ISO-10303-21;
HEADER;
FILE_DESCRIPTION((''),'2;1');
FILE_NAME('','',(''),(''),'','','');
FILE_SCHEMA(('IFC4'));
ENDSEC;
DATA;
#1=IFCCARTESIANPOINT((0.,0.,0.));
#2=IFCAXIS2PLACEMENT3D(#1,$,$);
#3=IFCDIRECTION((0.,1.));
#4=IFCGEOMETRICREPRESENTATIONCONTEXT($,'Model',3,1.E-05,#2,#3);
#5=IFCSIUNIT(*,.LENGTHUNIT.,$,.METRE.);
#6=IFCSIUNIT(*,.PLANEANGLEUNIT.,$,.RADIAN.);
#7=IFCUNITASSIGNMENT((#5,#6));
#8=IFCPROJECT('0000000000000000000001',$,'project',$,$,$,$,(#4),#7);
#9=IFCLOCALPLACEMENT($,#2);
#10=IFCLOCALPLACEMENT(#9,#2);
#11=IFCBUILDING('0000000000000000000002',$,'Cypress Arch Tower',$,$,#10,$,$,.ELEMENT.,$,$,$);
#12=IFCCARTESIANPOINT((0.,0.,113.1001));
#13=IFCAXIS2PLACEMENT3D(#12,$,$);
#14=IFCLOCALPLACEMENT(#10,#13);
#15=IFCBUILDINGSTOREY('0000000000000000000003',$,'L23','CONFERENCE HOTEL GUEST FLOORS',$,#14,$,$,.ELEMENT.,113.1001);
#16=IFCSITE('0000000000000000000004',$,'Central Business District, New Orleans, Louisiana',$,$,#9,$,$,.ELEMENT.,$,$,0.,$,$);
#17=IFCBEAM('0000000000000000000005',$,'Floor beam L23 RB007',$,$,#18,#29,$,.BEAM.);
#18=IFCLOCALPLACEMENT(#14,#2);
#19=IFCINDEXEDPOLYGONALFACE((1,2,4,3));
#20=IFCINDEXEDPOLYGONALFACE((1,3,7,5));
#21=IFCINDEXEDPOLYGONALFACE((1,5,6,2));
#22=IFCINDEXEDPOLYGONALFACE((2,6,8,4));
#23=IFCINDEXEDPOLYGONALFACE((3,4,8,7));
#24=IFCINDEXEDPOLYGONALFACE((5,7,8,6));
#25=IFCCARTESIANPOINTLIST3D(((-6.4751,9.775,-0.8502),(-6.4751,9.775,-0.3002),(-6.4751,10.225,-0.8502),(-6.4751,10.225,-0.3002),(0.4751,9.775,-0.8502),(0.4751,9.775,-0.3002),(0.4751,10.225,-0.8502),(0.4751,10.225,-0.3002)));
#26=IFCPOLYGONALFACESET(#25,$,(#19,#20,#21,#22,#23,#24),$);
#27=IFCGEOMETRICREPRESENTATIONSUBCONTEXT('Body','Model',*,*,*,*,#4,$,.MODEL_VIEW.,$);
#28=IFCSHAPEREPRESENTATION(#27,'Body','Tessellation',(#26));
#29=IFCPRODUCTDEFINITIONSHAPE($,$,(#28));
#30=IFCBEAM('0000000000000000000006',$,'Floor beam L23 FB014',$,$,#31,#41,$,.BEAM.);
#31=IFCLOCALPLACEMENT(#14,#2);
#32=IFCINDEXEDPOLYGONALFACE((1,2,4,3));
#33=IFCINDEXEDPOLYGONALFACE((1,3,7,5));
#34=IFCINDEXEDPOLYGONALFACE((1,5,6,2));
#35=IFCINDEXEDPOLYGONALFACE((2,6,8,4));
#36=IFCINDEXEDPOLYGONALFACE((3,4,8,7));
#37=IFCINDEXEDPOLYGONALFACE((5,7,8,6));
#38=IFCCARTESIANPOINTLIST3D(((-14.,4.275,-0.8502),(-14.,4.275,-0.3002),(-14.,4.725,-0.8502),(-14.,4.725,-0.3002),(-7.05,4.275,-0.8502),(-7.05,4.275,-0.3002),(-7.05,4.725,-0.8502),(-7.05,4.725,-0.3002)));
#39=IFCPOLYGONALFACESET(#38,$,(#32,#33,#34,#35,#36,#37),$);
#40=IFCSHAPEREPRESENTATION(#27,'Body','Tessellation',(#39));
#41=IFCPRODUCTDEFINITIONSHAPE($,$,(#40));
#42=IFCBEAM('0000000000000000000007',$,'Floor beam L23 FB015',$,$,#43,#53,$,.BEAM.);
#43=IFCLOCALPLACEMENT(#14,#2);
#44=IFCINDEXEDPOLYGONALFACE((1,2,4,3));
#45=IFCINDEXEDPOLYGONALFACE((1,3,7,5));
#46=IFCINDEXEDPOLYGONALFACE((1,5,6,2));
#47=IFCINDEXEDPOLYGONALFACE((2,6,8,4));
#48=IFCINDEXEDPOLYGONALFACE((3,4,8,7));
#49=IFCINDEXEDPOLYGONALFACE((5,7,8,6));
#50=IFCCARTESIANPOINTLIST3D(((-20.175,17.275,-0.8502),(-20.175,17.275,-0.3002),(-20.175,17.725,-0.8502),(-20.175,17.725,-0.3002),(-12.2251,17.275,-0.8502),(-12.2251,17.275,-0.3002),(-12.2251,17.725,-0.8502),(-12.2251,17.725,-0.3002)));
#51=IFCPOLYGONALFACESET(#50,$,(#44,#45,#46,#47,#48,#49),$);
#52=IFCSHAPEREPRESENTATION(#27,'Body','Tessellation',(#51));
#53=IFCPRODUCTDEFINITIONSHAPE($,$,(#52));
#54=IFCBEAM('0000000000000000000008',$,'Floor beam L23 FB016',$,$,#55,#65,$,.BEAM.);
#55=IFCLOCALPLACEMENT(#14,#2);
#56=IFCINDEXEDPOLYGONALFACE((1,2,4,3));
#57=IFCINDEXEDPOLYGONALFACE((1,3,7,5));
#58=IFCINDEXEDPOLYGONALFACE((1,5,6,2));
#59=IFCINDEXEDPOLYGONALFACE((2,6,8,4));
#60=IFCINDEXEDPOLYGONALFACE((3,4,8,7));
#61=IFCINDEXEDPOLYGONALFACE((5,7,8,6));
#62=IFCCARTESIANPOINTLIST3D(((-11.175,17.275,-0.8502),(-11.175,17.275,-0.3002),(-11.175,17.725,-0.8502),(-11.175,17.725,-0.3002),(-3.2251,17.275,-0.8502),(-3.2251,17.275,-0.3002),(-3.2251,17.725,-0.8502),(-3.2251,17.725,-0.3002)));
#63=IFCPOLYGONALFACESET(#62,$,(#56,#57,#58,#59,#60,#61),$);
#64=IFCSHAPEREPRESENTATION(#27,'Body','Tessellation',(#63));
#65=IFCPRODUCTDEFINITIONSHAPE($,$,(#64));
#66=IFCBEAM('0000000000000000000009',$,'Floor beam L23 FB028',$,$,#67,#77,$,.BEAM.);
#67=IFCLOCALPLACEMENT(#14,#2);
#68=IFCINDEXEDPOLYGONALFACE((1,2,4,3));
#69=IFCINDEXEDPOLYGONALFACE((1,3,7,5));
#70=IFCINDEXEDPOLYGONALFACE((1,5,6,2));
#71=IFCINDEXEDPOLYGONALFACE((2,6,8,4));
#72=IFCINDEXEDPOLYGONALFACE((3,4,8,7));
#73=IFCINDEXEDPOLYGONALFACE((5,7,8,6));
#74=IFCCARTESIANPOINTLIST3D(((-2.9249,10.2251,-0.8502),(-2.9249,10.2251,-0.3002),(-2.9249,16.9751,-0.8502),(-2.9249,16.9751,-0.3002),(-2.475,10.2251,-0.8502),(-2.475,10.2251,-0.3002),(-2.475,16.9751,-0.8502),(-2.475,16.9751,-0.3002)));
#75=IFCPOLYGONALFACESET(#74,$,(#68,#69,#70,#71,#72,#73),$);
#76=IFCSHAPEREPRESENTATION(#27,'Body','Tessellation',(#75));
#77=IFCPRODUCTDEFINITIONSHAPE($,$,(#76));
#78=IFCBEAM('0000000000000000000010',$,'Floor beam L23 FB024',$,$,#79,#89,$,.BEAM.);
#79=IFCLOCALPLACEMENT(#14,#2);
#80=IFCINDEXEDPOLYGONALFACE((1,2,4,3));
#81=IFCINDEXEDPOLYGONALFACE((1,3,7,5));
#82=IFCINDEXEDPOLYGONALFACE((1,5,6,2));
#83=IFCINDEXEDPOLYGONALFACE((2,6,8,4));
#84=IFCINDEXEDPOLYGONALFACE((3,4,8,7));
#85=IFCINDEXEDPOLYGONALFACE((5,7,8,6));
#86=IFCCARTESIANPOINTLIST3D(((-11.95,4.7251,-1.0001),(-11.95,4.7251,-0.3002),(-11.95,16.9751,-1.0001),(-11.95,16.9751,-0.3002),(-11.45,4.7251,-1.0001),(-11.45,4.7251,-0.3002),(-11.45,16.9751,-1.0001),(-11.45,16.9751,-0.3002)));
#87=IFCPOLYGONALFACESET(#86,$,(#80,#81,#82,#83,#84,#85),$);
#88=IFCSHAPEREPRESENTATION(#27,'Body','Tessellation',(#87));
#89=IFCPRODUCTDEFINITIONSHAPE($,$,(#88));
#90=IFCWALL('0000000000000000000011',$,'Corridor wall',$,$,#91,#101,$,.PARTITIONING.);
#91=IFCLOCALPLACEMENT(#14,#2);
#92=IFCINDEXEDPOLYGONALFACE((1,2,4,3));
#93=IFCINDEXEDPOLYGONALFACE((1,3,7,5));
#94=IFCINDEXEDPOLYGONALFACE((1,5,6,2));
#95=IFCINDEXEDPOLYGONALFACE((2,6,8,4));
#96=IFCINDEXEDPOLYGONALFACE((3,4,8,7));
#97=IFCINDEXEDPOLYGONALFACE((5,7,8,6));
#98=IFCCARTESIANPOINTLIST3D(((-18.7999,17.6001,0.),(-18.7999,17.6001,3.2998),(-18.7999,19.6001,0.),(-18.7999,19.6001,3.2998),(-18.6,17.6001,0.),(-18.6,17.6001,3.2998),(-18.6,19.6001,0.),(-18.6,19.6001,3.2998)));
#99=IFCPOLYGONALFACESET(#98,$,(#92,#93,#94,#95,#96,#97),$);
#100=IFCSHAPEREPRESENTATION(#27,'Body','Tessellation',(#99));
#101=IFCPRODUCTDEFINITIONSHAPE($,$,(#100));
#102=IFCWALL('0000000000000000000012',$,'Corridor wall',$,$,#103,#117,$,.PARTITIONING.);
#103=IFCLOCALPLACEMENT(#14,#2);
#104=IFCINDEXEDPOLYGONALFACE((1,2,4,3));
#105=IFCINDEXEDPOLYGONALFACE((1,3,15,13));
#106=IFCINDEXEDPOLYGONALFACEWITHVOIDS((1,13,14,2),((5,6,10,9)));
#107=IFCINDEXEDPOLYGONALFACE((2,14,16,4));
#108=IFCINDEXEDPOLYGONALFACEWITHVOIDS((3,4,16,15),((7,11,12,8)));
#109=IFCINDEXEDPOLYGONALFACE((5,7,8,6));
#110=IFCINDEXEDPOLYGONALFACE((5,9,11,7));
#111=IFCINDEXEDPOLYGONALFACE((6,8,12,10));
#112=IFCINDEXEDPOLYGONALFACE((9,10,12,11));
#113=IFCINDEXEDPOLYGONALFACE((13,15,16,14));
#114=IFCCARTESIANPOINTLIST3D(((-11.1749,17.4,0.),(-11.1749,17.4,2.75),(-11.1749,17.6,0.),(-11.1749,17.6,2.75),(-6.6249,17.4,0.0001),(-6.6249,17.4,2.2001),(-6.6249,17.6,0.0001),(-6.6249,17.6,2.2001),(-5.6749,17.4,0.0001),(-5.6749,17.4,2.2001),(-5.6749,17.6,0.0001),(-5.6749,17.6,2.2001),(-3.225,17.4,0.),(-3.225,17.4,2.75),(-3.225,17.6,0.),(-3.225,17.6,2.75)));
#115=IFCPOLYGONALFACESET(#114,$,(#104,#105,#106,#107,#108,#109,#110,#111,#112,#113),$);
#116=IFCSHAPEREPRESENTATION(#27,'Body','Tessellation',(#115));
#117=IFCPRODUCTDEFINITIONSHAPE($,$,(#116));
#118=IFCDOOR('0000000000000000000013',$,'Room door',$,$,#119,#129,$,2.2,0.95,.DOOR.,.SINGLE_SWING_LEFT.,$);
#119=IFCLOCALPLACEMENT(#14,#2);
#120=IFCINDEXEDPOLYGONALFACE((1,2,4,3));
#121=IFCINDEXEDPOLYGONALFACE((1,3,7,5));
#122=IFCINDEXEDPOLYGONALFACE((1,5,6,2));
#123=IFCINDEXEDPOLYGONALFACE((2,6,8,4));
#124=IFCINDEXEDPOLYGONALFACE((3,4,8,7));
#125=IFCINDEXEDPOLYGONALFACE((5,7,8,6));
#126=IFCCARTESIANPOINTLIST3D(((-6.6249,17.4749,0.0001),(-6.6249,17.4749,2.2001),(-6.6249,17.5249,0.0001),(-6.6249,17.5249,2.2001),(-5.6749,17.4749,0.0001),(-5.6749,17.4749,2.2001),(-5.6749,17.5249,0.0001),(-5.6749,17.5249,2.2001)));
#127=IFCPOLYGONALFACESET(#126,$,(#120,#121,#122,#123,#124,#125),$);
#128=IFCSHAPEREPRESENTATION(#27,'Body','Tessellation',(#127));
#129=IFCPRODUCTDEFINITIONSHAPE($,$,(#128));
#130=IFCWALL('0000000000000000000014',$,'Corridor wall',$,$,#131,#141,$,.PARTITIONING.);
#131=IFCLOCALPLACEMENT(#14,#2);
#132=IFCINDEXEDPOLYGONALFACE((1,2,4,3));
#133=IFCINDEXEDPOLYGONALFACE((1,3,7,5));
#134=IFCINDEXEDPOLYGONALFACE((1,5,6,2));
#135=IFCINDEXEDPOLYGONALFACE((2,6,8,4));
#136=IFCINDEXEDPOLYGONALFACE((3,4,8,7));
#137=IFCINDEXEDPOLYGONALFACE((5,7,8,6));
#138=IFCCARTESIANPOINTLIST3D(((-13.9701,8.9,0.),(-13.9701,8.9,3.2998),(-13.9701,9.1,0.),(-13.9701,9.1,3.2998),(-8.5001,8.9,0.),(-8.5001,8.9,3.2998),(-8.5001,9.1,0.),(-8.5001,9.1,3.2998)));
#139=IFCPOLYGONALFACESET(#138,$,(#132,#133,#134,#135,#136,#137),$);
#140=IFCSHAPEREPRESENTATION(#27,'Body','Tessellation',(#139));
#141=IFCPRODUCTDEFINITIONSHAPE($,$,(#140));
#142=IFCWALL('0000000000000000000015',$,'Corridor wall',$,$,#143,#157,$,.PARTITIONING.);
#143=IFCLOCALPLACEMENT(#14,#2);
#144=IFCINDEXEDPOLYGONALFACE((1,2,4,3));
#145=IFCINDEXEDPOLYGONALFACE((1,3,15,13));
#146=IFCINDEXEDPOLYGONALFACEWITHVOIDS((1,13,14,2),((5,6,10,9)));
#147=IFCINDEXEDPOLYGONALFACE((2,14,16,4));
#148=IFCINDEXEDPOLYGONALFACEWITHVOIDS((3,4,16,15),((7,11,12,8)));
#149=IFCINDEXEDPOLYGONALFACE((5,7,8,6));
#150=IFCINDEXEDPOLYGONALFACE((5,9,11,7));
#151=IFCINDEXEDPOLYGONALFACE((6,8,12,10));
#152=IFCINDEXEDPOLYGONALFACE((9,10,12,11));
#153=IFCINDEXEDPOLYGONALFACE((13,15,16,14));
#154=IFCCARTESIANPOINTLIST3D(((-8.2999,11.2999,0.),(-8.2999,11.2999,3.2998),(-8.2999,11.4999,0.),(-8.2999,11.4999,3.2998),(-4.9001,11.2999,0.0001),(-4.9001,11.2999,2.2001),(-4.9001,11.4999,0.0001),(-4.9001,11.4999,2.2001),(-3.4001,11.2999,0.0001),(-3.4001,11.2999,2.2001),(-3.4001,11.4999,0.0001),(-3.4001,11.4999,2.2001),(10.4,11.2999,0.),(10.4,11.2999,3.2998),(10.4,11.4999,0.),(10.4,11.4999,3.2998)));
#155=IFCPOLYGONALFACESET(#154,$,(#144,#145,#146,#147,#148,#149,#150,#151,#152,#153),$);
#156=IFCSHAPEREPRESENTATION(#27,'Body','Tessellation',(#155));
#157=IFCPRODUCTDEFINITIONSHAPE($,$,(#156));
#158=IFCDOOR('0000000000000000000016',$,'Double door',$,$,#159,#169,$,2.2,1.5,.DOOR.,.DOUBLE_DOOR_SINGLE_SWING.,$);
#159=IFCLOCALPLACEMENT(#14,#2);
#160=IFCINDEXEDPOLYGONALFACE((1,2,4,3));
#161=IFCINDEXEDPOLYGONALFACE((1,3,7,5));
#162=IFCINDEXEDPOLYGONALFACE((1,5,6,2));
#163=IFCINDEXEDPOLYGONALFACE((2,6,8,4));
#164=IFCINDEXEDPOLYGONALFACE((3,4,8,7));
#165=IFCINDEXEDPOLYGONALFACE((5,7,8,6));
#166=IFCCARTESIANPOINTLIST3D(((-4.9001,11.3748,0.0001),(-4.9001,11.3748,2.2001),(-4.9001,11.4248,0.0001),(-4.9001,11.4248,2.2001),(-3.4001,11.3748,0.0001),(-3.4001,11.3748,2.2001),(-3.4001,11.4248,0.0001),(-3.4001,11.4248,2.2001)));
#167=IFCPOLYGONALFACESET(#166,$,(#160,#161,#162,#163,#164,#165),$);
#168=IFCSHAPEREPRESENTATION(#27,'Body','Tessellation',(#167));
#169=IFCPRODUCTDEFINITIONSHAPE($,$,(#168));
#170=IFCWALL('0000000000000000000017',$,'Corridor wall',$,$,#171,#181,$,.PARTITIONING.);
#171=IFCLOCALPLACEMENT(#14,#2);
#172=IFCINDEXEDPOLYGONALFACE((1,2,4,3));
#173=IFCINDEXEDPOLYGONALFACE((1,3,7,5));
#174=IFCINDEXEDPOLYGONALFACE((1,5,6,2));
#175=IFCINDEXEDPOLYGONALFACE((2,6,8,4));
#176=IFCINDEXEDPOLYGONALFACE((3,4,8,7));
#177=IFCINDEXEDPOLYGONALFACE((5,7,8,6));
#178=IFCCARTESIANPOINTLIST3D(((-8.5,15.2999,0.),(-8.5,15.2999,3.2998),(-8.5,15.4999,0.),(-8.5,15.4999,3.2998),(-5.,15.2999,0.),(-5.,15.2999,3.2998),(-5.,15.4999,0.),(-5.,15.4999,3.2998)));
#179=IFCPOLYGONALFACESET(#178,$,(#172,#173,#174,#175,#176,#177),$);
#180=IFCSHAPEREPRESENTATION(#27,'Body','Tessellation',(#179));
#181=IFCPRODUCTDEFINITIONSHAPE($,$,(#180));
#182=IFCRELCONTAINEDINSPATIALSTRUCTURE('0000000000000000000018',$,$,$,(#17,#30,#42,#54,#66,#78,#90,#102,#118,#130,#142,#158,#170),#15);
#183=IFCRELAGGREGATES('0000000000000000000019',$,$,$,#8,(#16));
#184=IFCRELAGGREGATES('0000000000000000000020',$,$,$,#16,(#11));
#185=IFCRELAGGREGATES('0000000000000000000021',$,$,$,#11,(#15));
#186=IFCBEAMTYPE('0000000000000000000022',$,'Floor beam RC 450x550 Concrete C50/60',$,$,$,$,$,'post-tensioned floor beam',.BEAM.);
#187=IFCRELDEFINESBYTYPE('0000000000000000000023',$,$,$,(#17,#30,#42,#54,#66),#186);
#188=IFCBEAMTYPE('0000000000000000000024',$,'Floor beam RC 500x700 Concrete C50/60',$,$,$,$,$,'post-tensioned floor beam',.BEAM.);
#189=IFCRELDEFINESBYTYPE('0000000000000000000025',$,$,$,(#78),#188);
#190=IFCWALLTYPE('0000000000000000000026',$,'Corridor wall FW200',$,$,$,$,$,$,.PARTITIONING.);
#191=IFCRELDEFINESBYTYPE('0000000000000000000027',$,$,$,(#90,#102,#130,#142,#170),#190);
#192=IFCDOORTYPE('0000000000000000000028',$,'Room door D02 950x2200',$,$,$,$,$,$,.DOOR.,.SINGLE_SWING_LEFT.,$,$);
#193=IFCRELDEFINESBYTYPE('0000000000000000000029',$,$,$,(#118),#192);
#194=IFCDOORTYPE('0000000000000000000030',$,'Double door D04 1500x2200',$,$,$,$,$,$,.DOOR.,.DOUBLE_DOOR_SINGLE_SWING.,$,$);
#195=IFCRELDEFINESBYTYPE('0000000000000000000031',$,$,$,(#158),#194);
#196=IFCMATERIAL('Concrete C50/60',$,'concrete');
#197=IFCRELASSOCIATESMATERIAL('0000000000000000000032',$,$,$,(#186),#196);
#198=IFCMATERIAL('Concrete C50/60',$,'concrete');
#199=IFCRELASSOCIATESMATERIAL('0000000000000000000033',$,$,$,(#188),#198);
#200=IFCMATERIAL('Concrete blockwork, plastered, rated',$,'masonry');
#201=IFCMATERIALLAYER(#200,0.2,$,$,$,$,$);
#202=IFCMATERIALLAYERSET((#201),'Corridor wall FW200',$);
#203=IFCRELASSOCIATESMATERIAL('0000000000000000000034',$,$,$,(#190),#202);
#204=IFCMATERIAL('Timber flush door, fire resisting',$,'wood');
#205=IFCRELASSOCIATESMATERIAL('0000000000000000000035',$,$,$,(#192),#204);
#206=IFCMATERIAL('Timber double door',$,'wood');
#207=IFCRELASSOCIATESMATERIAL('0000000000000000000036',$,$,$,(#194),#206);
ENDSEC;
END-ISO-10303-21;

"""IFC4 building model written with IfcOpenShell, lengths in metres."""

from ifc_helpers import new_model, si_unit, direction, frame, frame_2d, origin, origin_2d, place, context, subcontext, project, spatial, rectangle, extrude, material, layer, layer_set, material_profile, profile_set, type_object, element, fill, save


model = new_model("IFC4")

# Units and contexts
model_context = context("Model", 3, precision=1e-05, world=origin(), true_north=direction((0.0, 1.0)))
body_context = subcontext(model_context, "Body", "Model", "MODEL_VIEW")
ifc_project = project(units=[si_unit("LENGTHUNIT", "METRE"), si_unit("PLANEANGLEUNIT", "RADIAN")], contexts=[model_context])

# Site, building, storey
site_placement = place(None, origin())
site = spatial("IfcSite", under=ifc_project, at=site_placement, Name="Central Business District, New Orleans, Louisiana", CompositionType="ELEMENT", RefElevation=0.0)
building_placement = place(site_placement, origin())
building = spatial("IfcBuilding", under=site, at=building_placement, Name="Cypress Arch Tower", CompositionType="ELEMENT")
storey_placement = place(building_placement, frame((0.0, 0.0, 113.1001)))
storey = spatial("IfcBuildingStorey", under=building, at=storey_placement, Name="L23", Description="CONFERENCE HOTEL GUEST FLOORS", CompositionType="ELEMENT", Elevation=113.1001)

# Beams
ifc_material_1 = material(Name="Concrete C50/60", Category="concrete")
ifc_material_profile_1 = material_profile(ifc_material_1, rectangle(XDim=0.45, YDim=0.55, at=origin_2d()), Name="RC 450x550")
ifc_profile_set_1 = profile_set([ifc_material_profile_1], Name="Concrete C50/60")
beam_type_1 = type_object("IfcBeamType", Name="Floor beam RC 450x550 Concrete C50/60", ElementType="post-tensioned floor beam", PredefinedType="BEAM", material=ifc_profile_set_1)
beam_1_placement = place(storey_placement, frame((-6.4751, 10.0, -0.5752), z_axis=(1.0, 0.0, 0.0), x_axis=(0.0, 1.0, 0.0)))
element("IfcBeam", 1, at=beam_1_placement, inside=storey, type_object=beam_type_1, Name="Floor beam L23 RB007", PredefinedType="BEAM", context=body_context, shape_type="SweptSolid", body=[
    extrude(rectangle(XDim=0.45, YDim=0.55, at=origin_2d()), origin(), (0.0, 0.0, 1.0), 6.9502),
])
beam_2_placement = place(storey_placement, frame((-14.0, 4.5, -0.5752), z_axis=(1.0, 0.0, 0.0), x_axis=(0.0, 1.0, 0.0)))
element("IfcBeam", 2, at=beam_2_placement, inside=storey, type_object=beam_type_1, Name="Floor beam L23 FB014", PredefinedType="BEAM", context=body_context, shape_type="SweptSolid", body=[
    extrude(rectangle(XDim=0.45, YDim=0.55, at=origin_2d()), origin(), (0.0, 0.0, 1.0), 6.95),
])
for number, where, z_axis, x_axis, name in (
    (3, (-20.175, 17.5, -0.5752), (1.0, 0.0, 0.0), (0.0, 1.0, 0.0), "Floor beam L23 FB015"),
    (4, (-11.175, 17.5, -0.5752), (1.0, 0.0, 0.0), (0.0, 1.0, 0.0), "Floor beam L23 FB016"),
):
    element("IfcBeam", number, at=place(storey_placement, frame(where, z_axis=z_axis, x_axis=x_axis)), inside=storey, type_object=beam_type_1, Name=name, PredefinedType="BEAM", context=body_context, shape_type="SweptSolid", body=[
        extrude(rectangle(XDim=0.45, YDim=0.55, at=origin_2d()), origin(), (0.0, 0.0, 1.0), 7.95),
    ])
beam_3_placement = place(storey_placement, frame((-2.7, 10.2251, -0.5752), z_axis=(0.0, 1.0, 0.0), x_axis=(-1.0, 0.0, 0.0)))
element("IfcBeam", 5, at=beam_3_placement, inside=storey, type_object=beam_type_1, Name="Floor beam L23 FB028", PredefinedType="BEAM", context=body_context, shape_type="SweptSolid", body=[
    extrude(rectangle(XDim=0.45, YDim=0.55, at=origin_2d()), origin(), (0.0, 0.0, 1.0), 6.75),
])
ifc_material_2 = material(Name="Concrete C50/60", Category="concrete")
ifc_material_profile_2 = material_profile(ifc_material_2, rectangle(XDim=0.5, YDim=0.7, at=origin_2d()), Name="RC 500x700")
ifc_profile_set_2 = profile_set([ifc_material_profile_2], Name="Concrete C50/60")
beam_type_2 = type_object("IfcBeamType", Name="Floor beam RC 500x700 Concrete C50/60", ElementType="post-tensioned floor beam", PredefinedType="BEAM", material=ifc_profile_set_2)
beam_4_placement = place(storey_placement, frame((-11.7, 4.7251, -0.6501), z_axis=(0.0, 1.0, 0.0), x_axis=(-1.0, 0.0, 0.0)))
element("IfcBeam", 6, at=beam_4_placement, inside=storey, type_object=beam_type_2, Name="Floor beam L23 FB024", PredefinedType="BEAM", context=body_context, shape_type="SweptSolid", body=[
    extrude(rectangle(XDim=0.5, YDim=0.7, at=origin_2d()), origin(), (0.0, 0.0, 1.0), 12.25),
])

# Wall
ifc_material_3 = material(Name="Concrete blockwork, plastered, rated", Category="masonry")
ifc_layer_1 = layer(ifc_material_3, 0.2)
ifc_layer_set_1 = layer_set([ifc_layer_1], Name="Corridor wall FW200")
wall_type_1 = type_object("IfcWallType", Name="Corridor wall FW200", PredefinedType="PARTITIONING", material=ifc_layer_set_1)
wall_1_placement = place(storey_placement, frame((-18.7, 17.6001, 0.0), z_axis=(0.0, 0.0, 1.0), x_axis=(0.0, 1.0, 0.0)))
element("IfcWall", 7, at=wall_1_placement, inside=storey, type_object=wall_type_1, Name="Corridor wall", PredefinedType="PARTITIONING", context=body_context, shape_type="SweptSolid", body=[
    extrude(rectangle(XDim=2.0, YDim=0.2, at=frame_2d((1.0, 0.0))), origin(), (0.0, 0.0, 1.0), 3.2998),
])

# Wall, opening, door
wall_2_placement = place(storey_placement, frame((-11.175, 17.5, 0.0), z_axis=(0.0, 0.0, 1.0), x_axis=(1.0, 0.0, 0.0)))
wall_2 = element("IfcWall", 8, at=wall_2_placement, inside=storey, type_object=wall_type_1, Name="Corridor wall", PredefinedType="PARTITIONING", context=body_context, shape_type="SweptSolid", body=[
    extrude(rectangle(XDim=7.95, YDim=0.2, at=frame_2d((3.9751, 0.0))), origin(), (0.0, 0.0, 1.0), 2.75),
])
opening_1_placement = place(wall_2_placement, frame((4.55, 0.0, 0.0)))
opening_1 = element("IfcOpeningElement", 9, at=opening_1_placement, cuts=wall_2, PredefinedType="OPENING", context=body_context, shape_type="SweptSolid", body=[
    extrude(rectangle(XDim=0.95, YDim=2.2, at=frame_2d((0.4751, 1.1001))), frame((0.0, 0.1099, 0.0), z_axis=(0.0, -1.0, 0.0), x_axis=(1.0, 0.0, 0.0)), (0.0, 0.0, 1.0), 0.22),
])
ifc_material_4 = material(Name="Timber flush door, fire resisting", Category="wood")
door_type_1 = type_object("IfcDoorType", Name="Room door D02 950x2200", OperationType="SINGLE_SWING_LEFT", PredefinedType="DOOR", material=ifc_material_4)
door_1_placement = place(opening_1_placement, origin())
door_1 = element("IfcDoor", 10, at=door_1_placement, inside=storey, type_object=door_type_1, Name="Room door", OperationType="SINGLE_SWING_LEFT", OverallHeight=2.2, OverallWidth=0.95, PredefinedType="DOOR", context=body_context, shape_type="SweptSolid", body=[
    extrude(rectangle(XDim=0.95, YDim=2.2, at=frame_2d((0.4751, 1.1001))), frame((0.0, 0.0249, 0.0), z_axis=(0.0, -1.0, 0.0), x_axis=(1.0, 0.0, 0.0)), (0.0, 0.0, 1.0), 0.05),
])
fill(opening_1, door_1)

# Wall
wall_3_placement = place(storey_placement, frame((-13.97, 9.0, 0.0), z_axis=(0.0, 0.0, 1.0), x_axis=(1.0, 0.0, 0.0)))
element("IfcWall", 11, at=wall_3_placement, inside=storey, type_object=wall_type_1, Name="Corridor wall", PredefinedType="PARTITIONING", context=body_context, shape_type="SweptSolid", body=[
    extrude(rectangle(XDim=5.47, YDim=0.2, at=frame_2d((2.7349, 0.0))), origin(), (0.0, 0.0, 1.0), 3.2998),
])

# Wall, opening, door
wall_4_placement = place(storey_placement, frame((-8.3, 11.3999, 0.0), z_axis=(0.0, 0.0, 1.0), x_axis=(1.0, 0.0, 0.0)))
wall_4 = element("IfcWall", 12, at=wall_4_placement, inside=storey, type_object=wall_type_1, Name="Corridor wall", PredefinedType="PARTITIONING", context=body_context, shape_type="SweptSolid", body=[
    extrude(rectangle(XDim=18.7, YDim=0.2, at=frame_2d((9.3501, 0.0))), origin(), (0.0, 0.0, 1.0), 3.2998),
])
opening_2_placement = place(wall_4_placement, frame((3.3999, 0.0, 0.0)))
opening_2 = element("IfcOpeningElement", 13, at=opening_2_placement, cuts=wall_4, PredefinedType="OPENING", context=body_context, shape_type="SweptSolid", body=[
    extrude(rectangle(XDim=1.5, YDim=2.2, at=frame_2d((0.75, 1.1001))), frame((0.0, 0.1099, 0.0), z_axis=(0.0, -1.0, 0.0), x_axis=(1.0, 0.0, 0.0)), (0.0, 0.0, 1.0), 0.22),
])
ifc_material_5 = material(Name="Timber double door", Category="wood")
door_type_2 = type_object("IfcDoorType", Name="Double door D04 1500x2200", OperationType="DOUBLE_DOOR_SINGLE_SWING", PredefinedType="DOOR", material=ifc_material_5)
door_2_placement = place(opening_2_placement, origin())
door_2 = element("IfcDoor", 14, at=door_2_placement, inside=storey, type_object=door_type_2, Name="Double door", OperationType="DOUBLE_DOOR_SINGLE_SWING", OverallHeight=2.2, OverallWidth=1.5, PredefinedType="DOOR", context=body_context, shape_type="SweptSolid", body=[
    extrude(rectangle(XDim=1.5, YDim=2.2, at=frame_2d((0.75, 1.1001))), frame((0.0, 0.0249, 0.0), z_axis=(0.0, -1.0, 0.0), x_axis=(1.0, 0.0, 0.0)), (0.0, 0.0, 1.0), 0.05),
])
fill(opening_2, door_2)

# Wall
wall_5_placement = place(storey_placement, frame((-8.5, 15.3999, 0.0), z_axis=(0.0, 0.0, 1.0), x_axis=(1.0, 0.0, 0.0)))
element("IfcWall", 15, at=wall_5_placement, inside=storey, type_object=wall_type_1, Name="Corridor wall", PredefinedType="PARTITIONING", context=body_context, shape_type="SweptSolid", body=[
    extrude(rectangle(XDim=3.5, YDim=0.2, at=frame_2d((1.75, 0.0))), origin(), (0.0, 0.0, 1.0), 3.2998),
])

save(model, "model.ifc")
